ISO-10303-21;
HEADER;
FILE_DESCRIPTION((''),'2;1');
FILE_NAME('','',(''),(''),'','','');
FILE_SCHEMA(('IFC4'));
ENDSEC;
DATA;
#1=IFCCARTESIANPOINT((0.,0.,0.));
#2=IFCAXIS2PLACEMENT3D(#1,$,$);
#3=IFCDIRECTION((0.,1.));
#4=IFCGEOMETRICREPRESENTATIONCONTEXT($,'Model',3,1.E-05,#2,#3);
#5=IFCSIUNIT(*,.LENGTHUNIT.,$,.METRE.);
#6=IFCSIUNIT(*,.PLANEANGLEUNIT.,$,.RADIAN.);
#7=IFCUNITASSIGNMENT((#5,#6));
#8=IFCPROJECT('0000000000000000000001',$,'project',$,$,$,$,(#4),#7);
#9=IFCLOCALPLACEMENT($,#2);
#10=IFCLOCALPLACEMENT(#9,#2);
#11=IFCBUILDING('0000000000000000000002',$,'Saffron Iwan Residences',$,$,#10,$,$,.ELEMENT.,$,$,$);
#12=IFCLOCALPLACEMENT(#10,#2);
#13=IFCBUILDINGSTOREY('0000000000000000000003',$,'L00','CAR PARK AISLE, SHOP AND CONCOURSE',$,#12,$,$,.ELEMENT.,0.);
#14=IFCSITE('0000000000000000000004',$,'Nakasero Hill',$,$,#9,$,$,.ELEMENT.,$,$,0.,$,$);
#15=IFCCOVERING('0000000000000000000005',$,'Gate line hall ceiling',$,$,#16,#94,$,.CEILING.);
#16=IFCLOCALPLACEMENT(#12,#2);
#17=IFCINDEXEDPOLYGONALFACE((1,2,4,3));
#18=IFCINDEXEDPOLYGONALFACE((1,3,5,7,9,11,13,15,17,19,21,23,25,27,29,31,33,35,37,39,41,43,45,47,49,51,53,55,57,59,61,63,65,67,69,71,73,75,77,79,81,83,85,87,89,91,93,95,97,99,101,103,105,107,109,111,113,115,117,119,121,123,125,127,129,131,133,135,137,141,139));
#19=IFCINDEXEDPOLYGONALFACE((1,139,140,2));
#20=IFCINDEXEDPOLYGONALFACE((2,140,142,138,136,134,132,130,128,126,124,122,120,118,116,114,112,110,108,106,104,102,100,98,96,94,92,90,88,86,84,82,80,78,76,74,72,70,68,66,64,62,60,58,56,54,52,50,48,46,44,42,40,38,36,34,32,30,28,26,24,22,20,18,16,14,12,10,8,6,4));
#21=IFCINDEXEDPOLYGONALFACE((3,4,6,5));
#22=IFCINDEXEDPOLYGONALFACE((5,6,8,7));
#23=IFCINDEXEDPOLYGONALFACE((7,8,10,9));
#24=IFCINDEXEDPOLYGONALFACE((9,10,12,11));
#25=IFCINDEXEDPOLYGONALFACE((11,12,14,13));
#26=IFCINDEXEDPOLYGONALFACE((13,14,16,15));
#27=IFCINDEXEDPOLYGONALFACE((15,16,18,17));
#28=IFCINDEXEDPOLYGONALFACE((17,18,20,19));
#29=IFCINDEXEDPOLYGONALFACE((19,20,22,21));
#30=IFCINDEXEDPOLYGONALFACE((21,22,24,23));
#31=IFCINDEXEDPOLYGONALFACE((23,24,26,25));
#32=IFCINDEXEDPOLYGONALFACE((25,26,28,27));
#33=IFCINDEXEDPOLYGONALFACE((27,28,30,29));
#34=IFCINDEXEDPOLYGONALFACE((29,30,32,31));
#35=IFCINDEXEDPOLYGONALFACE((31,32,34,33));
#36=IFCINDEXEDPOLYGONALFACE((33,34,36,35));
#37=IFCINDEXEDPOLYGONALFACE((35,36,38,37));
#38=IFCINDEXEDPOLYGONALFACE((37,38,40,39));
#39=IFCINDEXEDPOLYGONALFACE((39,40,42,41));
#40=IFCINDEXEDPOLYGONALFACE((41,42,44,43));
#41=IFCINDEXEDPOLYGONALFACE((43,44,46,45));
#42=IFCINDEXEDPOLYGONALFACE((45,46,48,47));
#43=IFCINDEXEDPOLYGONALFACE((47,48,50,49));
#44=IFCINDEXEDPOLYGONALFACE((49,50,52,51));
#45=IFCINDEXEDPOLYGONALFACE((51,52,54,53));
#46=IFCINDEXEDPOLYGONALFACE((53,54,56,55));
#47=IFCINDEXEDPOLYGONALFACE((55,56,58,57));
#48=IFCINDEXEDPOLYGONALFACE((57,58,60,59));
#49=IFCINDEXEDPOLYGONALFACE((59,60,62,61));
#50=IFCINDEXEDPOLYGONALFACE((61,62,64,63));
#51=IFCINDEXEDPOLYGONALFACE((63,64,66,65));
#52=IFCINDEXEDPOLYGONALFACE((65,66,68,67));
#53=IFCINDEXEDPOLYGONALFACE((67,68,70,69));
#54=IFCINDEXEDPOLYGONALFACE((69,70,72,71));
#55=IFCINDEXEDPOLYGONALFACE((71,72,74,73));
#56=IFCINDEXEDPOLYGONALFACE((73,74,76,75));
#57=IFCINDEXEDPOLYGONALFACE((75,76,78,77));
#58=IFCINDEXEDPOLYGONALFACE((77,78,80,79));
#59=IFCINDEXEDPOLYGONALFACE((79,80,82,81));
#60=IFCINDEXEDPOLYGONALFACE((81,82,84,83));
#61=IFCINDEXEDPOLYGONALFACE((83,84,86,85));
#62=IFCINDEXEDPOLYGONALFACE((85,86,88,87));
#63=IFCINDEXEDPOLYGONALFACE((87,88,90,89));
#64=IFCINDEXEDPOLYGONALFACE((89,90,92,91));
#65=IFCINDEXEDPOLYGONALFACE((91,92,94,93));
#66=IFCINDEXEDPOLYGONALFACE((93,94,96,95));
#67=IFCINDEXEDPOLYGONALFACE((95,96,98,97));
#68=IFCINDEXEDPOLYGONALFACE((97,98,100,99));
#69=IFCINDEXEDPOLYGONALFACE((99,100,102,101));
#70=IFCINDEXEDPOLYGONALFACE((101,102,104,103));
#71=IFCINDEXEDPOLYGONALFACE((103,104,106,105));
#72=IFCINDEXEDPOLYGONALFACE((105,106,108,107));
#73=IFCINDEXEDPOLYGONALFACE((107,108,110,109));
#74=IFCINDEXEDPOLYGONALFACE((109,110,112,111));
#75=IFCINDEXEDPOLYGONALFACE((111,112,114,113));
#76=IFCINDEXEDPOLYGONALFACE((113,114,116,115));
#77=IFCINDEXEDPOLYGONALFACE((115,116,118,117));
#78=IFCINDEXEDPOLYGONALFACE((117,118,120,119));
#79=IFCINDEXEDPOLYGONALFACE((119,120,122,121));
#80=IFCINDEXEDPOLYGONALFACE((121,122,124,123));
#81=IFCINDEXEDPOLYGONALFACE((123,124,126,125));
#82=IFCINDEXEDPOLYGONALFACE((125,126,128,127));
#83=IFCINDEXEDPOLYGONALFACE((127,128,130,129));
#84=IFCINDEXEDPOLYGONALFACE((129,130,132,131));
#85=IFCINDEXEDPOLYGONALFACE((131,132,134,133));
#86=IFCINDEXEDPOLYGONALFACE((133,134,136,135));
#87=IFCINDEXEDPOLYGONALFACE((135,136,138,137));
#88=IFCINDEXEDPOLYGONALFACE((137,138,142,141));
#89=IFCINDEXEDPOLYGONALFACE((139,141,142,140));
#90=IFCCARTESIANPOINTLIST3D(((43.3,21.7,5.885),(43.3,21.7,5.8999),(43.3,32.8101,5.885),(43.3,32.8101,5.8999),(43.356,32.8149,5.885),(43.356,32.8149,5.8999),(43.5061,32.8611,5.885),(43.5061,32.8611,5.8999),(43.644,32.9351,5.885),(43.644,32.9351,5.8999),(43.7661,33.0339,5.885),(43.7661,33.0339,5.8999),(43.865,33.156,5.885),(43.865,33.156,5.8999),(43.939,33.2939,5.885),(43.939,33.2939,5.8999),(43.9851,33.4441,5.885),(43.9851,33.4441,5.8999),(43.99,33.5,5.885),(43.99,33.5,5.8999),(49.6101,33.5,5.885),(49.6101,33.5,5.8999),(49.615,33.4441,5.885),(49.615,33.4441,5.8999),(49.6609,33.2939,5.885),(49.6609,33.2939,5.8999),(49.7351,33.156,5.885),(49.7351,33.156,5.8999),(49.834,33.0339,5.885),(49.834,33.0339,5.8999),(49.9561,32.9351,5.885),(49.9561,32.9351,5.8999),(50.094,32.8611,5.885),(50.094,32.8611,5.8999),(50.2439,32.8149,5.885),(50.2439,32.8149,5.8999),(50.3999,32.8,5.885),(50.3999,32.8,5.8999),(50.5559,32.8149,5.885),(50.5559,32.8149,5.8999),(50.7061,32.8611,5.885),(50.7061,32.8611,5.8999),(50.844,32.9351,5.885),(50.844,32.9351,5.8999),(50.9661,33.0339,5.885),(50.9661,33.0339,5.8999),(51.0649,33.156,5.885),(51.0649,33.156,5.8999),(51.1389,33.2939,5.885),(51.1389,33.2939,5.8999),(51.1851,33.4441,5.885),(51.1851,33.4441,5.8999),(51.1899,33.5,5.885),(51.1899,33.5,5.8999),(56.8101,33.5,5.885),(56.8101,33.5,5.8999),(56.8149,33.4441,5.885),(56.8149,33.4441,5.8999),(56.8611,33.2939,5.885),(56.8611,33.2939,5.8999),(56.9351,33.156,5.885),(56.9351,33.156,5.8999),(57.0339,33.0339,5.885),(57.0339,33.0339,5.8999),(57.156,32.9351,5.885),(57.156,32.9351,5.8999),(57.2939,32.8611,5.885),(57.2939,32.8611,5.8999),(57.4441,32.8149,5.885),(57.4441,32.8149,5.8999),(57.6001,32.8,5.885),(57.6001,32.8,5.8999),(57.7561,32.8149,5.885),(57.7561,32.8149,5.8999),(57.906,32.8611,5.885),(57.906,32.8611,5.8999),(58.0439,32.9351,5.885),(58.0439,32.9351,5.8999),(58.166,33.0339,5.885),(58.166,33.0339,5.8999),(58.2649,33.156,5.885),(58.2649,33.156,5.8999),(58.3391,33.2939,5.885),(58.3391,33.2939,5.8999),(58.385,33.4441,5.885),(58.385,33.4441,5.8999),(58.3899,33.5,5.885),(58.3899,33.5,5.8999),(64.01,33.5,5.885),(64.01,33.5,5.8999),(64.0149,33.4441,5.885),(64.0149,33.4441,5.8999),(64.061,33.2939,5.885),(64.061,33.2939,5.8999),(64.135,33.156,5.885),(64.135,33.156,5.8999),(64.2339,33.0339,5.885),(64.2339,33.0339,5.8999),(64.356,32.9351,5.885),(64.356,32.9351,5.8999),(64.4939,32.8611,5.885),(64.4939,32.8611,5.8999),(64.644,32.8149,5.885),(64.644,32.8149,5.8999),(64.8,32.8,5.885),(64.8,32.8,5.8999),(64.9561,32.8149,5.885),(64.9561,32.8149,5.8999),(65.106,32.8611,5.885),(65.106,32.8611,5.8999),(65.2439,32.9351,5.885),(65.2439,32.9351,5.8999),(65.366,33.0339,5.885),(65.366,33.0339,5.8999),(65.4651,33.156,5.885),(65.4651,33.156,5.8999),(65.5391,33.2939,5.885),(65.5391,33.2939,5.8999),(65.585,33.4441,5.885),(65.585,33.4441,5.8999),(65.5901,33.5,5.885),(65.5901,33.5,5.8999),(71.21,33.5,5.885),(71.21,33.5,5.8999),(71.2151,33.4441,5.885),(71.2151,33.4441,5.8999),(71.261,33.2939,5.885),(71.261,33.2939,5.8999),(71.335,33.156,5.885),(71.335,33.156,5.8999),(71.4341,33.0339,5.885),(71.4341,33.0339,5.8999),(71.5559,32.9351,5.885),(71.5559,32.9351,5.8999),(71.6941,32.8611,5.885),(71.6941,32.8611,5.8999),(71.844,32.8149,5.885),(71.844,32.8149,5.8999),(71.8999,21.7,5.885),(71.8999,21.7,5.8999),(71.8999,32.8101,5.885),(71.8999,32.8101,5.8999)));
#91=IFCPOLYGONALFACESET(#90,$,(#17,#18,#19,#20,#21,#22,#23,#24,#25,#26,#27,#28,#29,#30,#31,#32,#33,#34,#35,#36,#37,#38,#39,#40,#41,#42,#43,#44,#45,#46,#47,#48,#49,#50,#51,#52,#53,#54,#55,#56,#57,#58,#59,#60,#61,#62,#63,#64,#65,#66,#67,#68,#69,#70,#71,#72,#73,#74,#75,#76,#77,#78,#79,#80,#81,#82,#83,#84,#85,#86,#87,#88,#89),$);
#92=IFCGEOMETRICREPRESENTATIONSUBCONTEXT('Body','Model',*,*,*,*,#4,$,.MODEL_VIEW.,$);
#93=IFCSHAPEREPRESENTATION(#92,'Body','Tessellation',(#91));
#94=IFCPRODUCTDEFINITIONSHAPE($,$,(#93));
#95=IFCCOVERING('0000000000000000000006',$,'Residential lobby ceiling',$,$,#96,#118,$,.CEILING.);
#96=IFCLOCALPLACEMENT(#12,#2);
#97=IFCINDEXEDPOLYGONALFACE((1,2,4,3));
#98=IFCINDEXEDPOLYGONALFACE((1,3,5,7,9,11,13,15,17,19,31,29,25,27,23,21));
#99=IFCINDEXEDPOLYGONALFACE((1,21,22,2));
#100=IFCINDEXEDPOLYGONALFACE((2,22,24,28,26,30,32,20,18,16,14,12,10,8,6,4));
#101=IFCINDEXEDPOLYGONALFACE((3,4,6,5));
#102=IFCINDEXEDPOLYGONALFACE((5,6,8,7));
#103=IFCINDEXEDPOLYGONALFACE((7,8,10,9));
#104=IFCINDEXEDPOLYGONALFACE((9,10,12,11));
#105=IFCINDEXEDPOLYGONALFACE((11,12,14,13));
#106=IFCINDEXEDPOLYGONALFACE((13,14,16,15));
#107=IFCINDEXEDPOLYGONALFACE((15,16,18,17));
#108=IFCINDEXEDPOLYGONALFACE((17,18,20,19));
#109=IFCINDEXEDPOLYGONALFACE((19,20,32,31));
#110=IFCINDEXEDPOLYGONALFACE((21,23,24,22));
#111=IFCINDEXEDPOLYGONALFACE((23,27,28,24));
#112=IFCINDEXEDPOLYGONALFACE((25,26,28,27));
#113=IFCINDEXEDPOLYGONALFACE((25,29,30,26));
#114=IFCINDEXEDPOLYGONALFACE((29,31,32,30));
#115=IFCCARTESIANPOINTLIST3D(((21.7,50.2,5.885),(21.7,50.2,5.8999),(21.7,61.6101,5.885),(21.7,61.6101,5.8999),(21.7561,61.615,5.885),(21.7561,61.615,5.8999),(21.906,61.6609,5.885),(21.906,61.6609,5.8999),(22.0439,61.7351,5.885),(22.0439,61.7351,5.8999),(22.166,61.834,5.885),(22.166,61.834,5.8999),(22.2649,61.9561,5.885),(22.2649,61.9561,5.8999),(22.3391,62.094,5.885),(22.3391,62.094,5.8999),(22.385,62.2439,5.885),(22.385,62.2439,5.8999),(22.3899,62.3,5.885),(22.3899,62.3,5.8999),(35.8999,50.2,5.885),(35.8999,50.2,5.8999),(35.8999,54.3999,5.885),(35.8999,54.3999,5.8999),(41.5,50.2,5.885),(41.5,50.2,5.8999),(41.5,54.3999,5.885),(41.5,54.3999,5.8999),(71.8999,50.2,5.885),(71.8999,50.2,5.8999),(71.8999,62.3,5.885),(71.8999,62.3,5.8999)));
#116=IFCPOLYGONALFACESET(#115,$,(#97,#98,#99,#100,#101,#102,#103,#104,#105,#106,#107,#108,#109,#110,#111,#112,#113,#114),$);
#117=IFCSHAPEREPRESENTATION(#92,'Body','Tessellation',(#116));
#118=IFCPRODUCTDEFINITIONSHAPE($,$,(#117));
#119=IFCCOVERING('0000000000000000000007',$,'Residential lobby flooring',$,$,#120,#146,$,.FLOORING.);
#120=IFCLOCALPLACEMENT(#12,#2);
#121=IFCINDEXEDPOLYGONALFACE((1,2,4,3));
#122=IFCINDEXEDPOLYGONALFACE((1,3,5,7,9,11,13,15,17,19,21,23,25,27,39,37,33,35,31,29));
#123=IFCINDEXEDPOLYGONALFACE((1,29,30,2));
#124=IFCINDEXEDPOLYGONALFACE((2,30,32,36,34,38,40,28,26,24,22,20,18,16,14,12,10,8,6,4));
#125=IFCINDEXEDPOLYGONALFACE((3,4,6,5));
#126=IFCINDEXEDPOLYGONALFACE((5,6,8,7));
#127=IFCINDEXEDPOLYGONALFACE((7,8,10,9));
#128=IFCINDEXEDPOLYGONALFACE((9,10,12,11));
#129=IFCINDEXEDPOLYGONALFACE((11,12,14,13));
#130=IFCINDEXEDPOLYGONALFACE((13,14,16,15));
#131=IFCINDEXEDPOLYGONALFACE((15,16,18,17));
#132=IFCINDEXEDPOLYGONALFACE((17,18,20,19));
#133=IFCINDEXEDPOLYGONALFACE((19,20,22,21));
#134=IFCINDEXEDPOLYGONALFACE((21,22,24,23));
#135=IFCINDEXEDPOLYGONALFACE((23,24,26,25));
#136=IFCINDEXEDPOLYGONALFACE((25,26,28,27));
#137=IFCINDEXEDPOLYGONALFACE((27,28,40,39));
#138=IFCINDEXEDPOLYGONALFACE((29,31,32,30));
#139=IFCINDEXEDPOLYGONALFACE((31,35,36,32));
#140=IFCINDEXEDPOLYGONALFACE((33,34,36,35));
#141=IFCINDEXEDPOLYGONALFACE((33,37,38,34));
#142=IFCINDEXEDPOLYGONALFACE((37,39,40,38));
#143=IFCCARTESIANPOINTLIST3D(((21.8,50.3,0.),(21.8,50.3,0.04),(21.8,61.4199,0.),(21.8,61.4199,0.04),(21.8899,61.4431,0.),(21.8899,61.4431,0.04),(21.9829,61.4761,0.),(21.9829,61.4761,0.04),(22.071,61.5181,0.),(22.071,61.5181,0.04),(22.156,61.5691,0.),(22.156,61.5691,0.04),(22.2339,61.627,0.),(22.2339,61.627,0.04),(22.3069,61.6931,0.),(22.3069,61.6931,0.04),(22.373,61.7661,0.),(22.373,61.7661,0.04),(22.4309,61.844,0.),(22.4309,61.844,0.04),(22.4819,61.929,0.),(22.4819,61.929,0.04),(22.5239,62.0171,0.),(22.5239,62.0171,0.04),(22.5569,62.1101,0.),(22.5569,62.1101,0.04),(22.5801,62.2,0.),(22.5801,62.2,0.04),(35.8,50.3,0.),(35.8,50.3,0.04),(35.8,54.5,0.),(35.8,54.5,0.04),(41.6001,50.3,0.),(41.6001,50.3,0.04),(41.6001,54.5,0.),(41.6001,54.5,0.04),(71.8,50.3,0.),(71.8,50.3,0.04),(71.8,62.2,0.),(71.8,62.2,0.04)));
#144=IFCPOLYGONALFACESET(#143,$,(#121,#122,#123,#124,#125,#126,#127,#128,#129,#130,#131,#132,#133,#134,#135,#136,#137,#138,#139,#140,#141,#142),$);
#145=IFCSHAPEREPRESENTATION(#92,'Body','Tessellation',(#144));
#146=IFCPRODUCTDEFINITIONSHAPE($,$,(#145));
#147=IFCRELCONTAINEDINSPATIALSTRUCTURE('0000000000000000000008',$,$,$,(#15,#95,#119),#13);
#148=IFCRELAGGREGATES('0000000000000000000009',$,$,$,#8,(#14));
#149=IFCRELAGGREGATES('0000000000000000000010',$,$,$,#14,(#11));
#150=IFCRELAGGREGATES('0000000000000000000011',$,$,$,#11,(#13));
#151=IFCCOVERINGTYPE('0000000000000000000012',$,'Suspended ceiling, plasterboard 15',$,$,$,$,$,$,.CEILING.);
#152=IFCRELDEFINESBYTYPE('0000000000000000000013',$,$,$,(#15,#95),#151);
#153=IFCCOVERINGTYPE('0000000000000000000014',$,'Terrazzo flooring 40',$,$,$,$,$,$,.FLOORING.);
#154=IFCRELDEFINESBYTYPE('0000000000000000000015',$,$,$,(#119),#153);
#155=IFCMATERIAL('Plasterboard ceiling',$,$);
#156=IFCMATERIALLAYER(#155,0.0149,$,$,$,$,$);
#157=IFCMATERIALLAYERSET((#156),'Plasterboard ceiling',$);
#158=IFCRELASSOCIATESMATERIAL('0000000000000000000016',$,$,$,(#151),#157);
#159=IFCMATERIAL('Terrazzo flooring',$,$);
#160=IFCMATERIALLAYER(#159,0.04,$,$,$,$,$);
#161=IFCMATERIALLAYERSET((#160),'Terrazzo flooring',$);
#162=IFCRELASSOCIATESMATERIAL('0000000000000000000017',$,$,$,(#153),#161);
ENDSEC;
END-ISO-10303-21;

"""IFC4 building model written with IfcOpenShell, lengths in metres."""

from ifc_helpers import new_model, si_unit, direction, frame, origin, place, context, subcontext, project, spatial, polyline, outline, extrude, material, layer, layer_set, type_object, element, save


model = new_model("IFC4")

# Units and contexts
model_context = context("Model", 3, precision=1e-05, world=origin(), true_north=direction((0.0, 1.0)))
body_context = subcontext(model_context, "Body", "Model", "MODEL_VIEW")
ifc_project = project(units=[si_unit("LENGTHUNIT", "METRE"), si_unit("PLANEANGLEUNIT", "RADIAN")], contexts=[model_context])

# Site, building, storey
site_placement = place(None, origin())
site = spatial("IfcSite", under=ifc_project, at=site_placement, Name="Nakasero Hill", CompositionType="ELEMENT", RefElevation=0.0)
building_placement = place(site_placement, origin())
building = spatial("IfcBuilding", under=site, at=building_placement, Name="Saffron Iwan Residences", CompositionType="ELEMENT")
storey_placement = place(building_placement, origin())
storey = spatial("IfcBuildingStorey", under=building, at=storey_placement, Name="L00", Description="CAR PARK AISLE, SHOP AND CONCOURSE", CompositionType="ELEMENT", Elevation=0.0)

# Coverings
ifc_material_1 = material(Name="Plasterboard ceiling")
ifc_layer_1 = layer(ifc_material_1, 0.0149)
ifc_layer_set_1 = layer_set([ifc_layer_1], Name="Plasterboard ceiling")
covering_type_1 = type_object("IfcCoveringType", Name="Suspended ceiling, plasterboard 15", PredefinedType="CEILING", material=ifc_layer_set_1)
covering_1_placement = place(storey_placement, frame((0.0, 0.0, 5.885)))
element("IfcCovering", 1, at=covering_1_placement, inside=storey, type_object=covering_type_1, Name="Gate line hall ceiling", PredefinedType="CEILING", context=body_context, shape_type="SweptSolid", body=[
    extrude(outline(polyline([(43.3, 32.8101), (43.356, 32.8149), (43.5061, 32.8611), (43.644, 32.9351), (43.7661, 33.0339), (43.865, 33.156), (43.939, 33.2939), (43.9851, 33.4441), (43.99, 33.5), (49.6101, 33.5), (49.615, 33.4441), (49.6609, 33.2939), (49.7351, 33.156), (49.834, 33.0339), (49.9561, 32.9351), (50.094, 32.8611), (50.2439, 32.8149), (50.3999, 32.8), (50.5559, 32.8149), (50.7061, 32.8611), (50.844, 32.9351), (50.9661, 33.0339), (51.0649, 33.156), (51.1389, 33.2939), (51.1851, 33.4441), (51.1899, 33.5), (56.8101, 33.5), (56.8149, 33.4441), (56.8611, 33.2939), (56.9351, 33.156), (57.0339, 33.0339), (57.156, 32.9351), (57.2939, 32.8611), (57.4441, 32.8149), (57.6001, 32.8), (57.7561, 32.8149), (57.906, 32.8611), (58.0439, 32.9351), (58.166, 33.0339), (58.2649, 33.156), (58.3391, 33.2939), (58.385, 33.4441), (58.3899, 33.5), (64.01, 33.5), (64.0149, 33.4441), (64.061, 33.2939), (64.135, 33.156), (64.2339, 33.0339), (64.356, 32.9351), (64.4939, 32.8611), (64.644, 32.8149), (64.8, 32.8), (64.9561, 32.8149), (65.106, 32.8611), (65.2439, 32.9351), (65.366, 33.0339), (65.4651, 33.156), (65.5391, 33.2939), (65.585, 33.4441), (65.5901, 33.5), (71.21, 33.5), (71.2151, 33.4441), (71.261, 33.2939), (71.335, 33.156), (71.4341, 33.0339), (71.5559, 32.9351), (71.6941, 32.8611), (71.844, 32.8149), (71.8999, 32.8101), (71.8999, 21.7), (43.3, 21.7), (43.3, 32.8101)])), origin(), (0.0, 0.0, 1.0), 0.0149),
])
covering_2_placement = place(storey_placement, frame((0.0, 0.0, 5.885)))
element("IfcCovering", 2, at=covering_2_placement, inside=storey, type_object=covering_type_1, Name="Residential lobby ceiling", PredefinedType="CEILING", context=body_context, shape_type="SweptSolid", body=[
    extrude(outline(polyline([(21.7, 61.6101), (21.7561, 61.615), (21.906, 61.6609), (22.0439, 61.7351), (22.166, 61.834), (22.2649, 61.9561), (22.3391, 62.094), (22.385, 62.2439), (22.3899, 62.3), (71.8999, 62.3), (71.8999, 50.2), (41.5, 50.2), (41.5, 54.3999), (35.8999, 54.3999), (35.8999, 50.2), (21.7, 50.2), (21.7, 61.6101)])), origin(), (0.0, 0.0, 1.0), 0.0149),
])
ifc_material_2 = material(Name="Terrazzo flooring")
ifc_layer_2 = layer(ifc_material_2, 0.04)
ifc_layer_set_2 = layer_set([ifc_layer_2], Name="Terrazzo flooring")
covering_type_2 = type_object("IfcCoveringType", Name="Terrazzo flooring 40", PredefinedType="FLOORING", material=ifc_layer_set_2)
covering_3_placement = place(storey_placement, origin())
element("IfcCovering", 3, at=covering_3_placement, inside=storey, type_object=covering_type_2, Name="Residential lobby flooring", PredefinedType="FLOORING", context=body_context, shape_type="SweptSolid", body=[
    extrude(outline(polyline([(21.8, 61.4199), (21.8899, 61.4431), (21.9829, 61.4761), (22.071, 61.5181), (22.156, 61.5691), (22.2339, 61.627), (22.3069, 61.6931), (22.373, 61.7661), (22.4309, 61.844), (22.4819, 61.929), (22.5239, 62.0171), (22.5569, 62.1101), (22.5801, 62.2), (71.8, 62.2), (71.8, 50.3), (41.6001, 50.3), (41.6001, 54.5), (35.8, 54.5), (35.8, 50.3), (21.8, 50.3), (21.8, 61.4199)])), origin(), (0.0, 0.0, 1.0), 0.04),
])

save(model, "model.ifc")
